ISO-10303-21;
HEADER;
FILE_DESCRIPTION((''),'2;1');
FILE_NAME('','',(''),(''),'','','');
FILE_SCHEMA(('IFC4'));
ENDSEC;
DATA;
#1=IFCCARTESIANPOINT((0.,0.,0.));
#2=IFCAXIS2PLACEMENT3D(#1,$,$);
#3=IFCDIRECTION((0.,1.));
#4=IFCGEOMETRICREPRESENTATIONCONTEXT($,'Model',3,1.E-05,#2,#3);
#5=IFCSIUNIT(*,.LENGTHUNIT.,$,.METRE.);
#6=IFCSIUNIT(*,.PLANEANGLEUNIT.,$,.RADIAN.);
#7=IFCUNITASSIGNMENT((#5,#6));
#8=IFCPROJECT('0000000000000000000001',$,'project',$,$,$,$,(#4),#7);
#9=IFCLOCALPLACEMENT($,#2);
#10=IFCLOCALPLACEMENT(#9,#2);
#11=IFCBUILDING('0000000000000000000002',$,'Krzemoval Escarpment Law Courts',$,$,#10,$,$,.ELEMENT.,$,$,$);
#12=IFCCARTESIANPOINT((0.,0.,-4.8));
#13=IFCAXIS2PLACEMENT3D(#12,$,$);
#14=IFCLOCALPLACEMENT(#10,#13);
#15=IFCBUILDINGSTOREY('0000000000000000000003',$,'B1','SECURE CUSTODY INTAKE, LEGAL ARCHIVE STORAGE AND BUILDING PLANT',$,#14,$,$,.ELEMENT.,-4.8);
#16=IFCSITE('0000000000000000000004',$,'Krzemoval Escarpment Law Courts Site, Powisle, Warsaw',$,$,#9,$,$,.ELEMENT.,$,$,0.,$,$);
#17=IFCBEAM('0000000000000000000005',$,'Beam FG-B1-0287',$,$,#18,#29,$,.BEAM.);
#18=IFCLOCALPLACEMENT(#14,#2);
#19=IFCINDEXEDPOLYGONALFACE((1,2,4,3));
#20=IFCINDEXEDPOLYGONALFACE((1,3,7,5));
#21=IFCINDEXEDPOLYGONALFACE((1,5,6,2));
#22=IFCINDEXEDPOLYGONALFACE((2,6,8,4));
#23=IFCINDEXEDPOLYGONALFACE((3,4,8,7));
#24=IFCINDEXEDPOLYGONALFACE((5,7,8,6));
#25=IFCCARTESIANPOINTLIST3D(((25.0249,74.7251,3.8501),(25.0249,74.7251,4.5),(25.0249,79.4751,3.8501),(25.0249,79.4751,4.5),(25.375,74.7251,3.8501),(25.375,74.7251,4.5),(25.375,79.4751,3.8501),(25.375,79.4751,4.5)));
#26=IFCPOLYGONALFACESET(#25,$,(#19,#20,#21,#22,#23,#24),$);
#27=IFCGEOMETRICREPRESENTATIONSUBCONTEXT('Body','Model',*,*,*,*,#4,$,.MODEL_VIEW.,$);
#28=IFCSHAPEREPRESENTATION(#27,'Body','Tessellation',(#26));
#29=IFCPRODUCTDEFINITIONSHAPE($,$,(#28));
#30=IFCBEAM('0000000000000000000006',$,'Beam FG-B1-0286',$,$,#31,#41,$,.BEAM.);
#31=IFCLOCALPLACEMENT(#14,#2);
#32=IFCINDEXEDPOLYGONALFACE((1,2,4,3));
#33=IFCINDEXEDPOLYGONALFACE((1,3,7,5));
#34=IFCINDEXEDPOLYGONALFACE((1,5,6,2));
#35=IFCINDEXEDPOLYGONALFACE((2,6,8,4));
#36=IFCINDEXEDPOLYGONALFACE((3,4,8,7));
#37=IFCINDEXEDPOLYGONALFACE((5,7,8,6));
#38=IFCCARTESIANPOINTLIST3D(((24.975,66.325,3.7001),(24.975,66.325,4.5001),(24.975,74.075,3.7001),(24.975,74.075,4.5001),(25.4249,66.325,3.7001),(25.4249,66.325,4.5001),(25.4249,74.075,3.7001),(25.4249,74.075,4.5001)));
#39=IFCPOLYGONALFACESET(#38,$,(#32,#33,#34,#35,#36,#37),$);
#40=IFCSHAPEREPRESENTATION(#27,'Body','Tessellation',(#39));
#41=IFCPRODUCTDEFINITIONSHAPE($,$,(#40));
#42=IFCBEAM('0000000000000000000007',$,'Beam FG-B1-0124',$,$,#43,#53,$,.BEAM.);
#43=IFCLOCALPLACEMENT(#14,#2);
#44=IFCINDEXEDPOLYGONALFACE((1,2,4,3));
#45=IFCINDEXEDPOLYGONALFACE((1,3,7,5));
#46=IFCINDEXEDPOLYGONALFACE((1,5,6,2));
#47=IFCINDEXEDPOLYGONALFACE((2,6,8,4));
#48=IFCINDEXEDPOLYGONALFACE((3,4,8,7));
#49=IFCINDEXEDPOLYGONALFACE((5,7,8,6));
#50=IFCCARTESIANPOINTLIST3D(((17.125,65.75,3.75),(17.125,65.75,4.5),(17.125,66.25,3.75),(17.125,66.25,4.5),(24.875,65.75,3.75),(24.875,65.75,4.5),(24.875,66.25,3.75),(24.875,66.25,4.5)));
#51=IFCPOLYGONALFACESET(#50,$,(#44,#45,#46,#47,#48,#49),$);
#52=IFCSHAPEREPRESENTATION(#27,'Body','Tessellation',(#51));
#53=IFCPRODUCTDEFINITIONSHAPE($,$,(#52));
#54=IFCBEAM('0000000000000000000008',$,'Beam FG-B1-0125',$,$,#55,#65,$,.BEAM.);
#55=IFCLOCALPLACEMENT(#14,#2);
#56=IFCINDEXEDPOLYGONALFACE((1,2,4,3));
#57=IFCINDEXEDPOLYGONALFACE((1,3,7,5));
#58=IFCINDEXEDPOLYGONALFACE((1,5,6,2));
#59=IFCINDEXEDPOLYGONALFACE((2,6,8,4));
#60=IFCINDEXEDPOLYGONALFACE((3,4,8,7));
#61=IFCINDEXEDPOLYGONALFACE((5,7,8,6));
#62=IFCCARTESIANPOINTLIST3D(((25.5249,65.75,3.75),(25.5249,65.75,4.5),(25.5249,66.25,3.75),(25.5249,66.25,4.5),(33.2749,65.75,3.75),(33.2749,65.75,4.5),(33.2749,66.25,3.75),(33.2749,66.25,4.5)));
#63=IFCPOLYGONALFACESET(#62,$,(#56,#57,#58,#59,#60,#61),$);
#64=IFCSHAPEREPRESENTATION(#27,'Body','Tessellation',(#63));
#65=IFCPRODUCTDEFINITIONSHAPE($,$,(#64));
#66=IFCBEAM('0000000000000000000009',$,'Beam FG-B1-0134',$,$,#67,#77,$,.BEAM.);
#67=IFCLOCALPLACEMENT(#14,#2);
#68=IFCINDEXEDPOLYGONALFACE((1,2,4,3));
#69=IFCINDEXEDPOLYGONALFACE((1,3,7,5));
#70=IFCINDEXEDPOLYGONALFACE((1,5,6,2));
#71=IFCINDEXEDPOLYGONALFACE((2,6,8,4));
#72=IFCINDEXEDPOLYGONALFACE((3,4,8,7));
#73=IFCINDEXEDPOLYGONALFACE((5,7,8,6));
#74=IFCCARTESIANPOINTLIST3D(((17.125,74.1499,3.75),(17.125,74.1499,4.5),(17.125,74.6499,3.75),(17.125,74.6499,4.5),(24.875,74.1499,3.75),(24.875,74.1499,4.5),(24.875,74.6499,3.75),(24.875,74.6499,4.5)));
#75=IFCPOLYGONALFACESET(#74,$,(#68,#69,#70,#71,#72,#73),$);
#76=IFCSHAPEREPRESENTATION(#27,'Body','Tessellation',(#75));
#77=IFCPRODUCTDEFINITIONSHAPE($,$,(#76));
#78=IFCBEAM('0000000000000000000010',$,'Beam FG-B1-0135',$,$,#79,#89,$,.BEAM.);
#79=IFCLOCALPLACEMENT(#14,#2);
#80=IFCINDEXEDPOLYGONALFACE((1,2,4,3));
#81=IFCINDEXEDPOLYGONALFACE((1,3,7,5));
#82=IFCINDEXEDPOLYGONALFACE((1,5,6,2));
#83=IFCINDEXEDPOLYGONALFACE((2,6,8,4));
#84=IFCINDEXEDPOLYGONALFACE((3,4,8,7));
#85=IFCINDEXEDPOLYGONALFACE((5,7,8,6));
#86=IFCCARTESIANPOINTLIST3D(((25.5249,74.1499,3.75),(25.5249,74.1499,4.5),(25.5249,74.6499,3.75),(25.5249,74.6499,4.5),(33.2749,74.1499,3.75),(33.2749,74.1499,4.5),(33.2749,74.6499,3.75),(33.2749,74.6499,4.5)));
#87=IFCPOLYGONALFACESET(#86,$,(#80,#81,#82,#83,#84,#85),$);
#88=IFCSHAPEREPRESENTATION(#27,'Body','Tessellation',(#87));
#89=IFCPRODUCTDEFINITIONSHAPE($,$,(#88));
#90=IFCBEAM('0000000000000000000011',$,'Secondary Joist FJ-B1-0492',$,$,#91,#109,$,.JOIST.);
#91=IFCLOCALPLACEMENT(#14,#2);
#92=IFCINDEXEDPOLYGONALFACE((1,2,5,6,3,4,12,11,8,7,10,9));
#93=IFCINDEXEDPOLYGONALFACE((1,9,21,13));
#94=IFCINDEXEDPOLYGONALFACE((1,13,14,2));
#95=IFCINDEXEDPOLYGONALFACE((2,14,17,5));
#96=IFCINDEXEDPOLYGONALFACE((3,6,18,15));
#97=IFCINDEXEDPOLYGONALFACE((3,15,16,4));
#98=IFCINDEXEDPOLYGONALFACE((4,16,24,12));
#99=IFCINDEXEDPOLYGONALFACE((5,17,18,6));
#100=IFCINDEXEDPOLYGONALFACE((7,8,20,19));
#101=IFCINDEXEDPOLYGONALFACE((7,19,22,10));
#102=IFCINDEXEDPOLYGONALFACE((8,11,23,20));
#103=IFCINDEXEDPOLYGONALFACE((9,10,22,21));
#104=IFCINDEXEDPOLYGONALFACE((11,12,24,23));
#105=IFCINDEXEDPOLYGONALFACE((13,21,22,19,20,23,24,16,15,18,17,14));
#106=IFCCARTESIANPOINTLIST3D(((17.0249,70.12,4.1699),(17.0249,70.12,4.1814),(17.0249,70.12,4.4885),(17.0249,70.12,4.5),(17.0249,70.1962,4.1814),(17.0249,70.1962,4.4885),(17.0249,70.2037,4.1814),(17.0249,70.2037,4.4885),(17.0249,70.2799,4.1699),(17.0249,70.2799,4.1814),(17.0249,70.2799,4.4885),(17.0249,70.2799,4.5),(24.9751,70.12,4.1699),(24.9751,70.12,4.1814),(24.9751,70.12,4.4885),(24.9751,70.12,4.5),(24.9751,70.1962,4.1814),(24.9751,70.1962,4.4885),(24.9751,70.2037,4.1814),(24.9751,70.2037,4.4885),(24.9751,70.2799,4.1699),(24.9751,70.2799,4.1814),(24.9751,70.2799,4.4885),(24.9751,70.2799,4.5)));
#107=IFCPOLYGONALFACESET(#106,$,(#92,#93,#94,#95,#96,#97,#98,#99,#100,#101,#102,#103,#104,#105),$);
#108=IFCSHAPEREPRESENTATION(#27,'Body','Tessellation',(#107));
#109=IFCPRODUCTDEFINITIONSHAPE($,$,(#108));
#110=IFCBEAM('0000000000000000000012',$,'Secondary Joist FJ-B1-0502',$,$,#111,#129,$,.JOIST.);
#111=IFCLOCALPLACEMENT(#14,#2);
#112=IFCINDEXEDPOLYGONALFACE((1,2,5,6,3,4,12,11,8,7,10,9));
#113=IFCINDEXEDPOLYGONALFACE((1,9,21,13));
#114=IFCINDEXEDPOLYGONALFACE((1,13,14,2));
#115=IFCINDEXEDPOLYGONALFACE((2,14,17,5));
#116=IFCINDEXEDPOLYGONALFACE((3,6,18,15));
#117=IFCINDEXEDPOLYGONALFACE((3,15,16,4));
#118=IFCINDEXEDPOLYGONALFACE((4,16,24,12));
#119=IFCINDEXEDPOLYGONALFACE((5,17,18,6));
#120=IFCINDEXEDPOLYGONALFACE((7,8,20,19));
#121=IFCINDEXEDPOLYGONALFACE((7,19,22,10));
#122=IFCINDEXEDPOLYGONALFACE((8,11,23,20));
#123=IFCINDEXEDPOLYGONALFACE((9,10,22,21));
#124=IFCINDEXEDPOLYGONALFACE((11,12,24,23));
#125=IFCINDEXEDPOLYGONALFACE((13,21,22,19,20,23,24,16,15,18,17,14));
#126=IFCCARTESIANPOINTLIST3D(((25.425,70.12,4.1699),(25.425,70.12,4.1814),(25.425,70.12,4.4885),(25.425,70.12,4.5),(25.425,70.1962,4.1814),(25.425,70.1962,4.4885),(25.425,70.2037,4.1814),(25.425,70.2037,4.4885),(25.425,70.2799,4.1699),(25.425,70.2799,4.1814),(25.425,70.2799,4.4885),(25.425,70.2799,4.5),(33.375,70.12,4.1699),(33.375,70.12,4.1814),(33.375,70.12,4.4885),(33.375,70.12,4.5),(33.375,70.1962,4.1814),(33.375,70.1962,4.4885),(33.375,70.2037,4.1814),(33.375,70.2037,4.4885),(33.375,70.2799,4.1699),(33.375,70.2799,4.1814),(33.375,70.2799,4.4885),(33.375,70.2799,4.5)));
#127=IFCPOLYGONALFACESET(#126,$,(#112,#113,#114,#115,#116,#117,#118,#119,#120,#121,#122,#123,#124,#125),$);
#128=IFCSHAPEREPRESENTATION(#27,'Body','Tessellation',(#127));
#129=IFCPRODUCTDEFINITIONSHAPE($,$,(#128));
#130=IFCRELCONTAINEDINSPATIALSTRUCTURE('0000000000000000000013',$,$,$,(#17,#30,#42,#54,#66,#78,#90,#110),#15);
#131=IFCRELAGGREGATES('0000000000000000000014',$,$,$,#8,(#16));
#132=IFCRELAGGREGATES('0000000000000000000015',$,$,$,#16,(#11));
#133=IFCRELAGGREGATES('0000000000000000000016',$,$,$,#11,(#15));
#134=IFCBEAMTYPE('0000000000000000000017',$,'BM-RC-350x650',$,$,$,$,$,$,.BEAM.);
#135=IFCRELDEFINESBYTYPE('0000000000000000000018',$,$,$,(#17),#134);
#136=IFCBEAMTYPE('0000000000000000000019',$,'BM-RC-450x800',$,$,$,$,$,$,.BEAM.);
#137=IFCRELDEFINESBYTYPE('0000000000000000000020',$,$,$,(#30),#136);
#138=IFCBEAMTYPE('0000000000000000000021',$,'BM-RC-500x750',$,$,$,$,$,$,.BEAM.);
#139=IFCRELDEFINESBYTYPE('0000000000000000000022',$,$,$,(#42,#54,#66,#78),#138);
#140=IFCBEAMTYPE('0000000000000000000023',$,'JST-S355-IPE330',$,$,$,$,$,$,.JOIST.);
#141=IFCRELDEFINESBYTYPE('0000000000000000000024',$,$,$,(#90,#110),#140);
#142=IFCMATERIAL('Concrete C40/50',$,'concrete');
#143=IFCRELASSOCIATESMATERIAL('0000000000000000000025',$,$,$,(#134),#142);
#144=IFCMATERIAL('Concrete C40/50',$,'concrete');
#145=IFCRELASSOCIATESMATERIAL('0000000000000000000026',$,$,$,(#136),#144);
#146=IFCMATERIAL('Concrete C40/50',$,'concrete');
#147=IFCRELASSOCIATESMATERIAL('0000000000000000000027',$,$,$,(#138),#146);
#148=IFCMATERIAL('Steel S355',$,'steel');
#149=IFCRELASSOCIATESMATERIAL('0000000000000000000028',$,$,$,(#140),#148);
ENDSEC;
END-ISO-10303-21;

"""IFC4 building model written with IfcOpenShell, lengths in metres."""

from ifc_helpers import new_model, si_unit, direction, frame, origin, origin_2d, place, context, subcontext, project, spatial, rectangle, i_section, extrude, material, material_profile, profile_set, type_object, element, save


model = new_model("IFC4")

# Units and contexts
model_context = context("Model", 3, precision=1e-05, world=origin(), true_north=direction((0.0, 1.0)))
body_context = subcontext(model_context, "Body", "Model", "MODEL_VIEW")
ifc_project = project(units=[si_unit("LENGTHUNIT", "METRE"), si_unit("PLANEANGLEUNIT", "RADIAN")], contexts=[model_context])

# Site, building, storey
site_placement = place(None, origin())
site = spatial("IfcSite", under=ifc_project, at=site_placement, Name="Krzemoval Escarpment Law Courts Site, Powisle, Warsaw", CompositionType="ELEMENT", RefElevation=0.0)
building_placement = place(site_placement, origin())
building = spatial("IfcBuilding", under=site, at=building_placement, Name="Krzemoval Escarpment Law Courts", CompositionType="ELEMENT")
storey_placement = place(building_placement, frame((0.0, 0.0, -4.8)))
storey = spatial("IfcBuildingStorey", under=building, at=storey_placement, Name="B1", Description="SECURE CUSTODY INTAKE, LEGAL ARCHIVE STORAGE AND BUILDING PLANT", CompositionType="ELEMENT", Elevation=-4.8)

# Beams
ifc_material_1 = material(Name="Concrete C40/50", Category="concrete")
ifc_material_profile_1 = material_profile(ifc_material_1, rectangle(XDim=0.3501, YDim=0.6499, at=origin_2d()), Name="RCB 350x650")
ifc_profile_set_1 = profile_set([ifc_material_profile_1], Name="Concrete C40/50")
beam_type_1 = type_object("IfcBeamType", Name="BM-RC-350x650", PredefinedType="BEAM", material=ifc_profile_set_1)
beam_1_placement = place(storey_placement, frame((25.2, 74.7251, 4.175), z_axis=(0.0, 1.0, 0.0), x_axis=(-1.0, 0.0, 0.0)))
element("IfcBeam", 1, at=beam_1_placement, inside=storey, type_object=beam_type_1, Name="Beam FG-B1-0287", PredefinedType="BEAM", context=body_context, shape_type="SweptSolid", body=[
    extrude(rectangle(XDim=0.3501, YDim=0.6499, at=origin_2d()), origin(), (0.0, 0.0, 1.0), 4.75),
])
ifc_material_2 = material(Name="Concrete C40/50", Category="concrete")
ifc_material_profile_2 = material_profile(ifc_material_2, rectangle(XDim=0.45, YDim=0.8, at=origin_2d()), Name="RCB 450x800")
ifc_profile_set_2 = profile_set([ifc_material_profile_2], Name="Concrete C40/50")
beam_type_2 = type_object("IfcBeamType", Name="BM-RC-450x800", PredefinedType="BEAM", material=ifc_profile_set_2)
beam_2_placement = place(storey_placement, frame((25.2, 66.325, 4.1001), z_axis=(0.0, 1.0, 0.0), x_axis=(-1.0, 0.0, 0.0)))
element("IfcBeam", 2, at=beam_2_placement, inside=storey, type_object=beam_type_2, Name="Beam FG-B1-0286", PredefinedType="BEAM", context=body_context, shape_type="SweptSolid", body=[
    extrude(rectangle(XDim=0.45, YDim=0.8, at=origin_2d()), origin(), (0.0, 0.0, 1.0), 7.75),
])
ifc_material_3 = material(Name="Concrete C40/50", Category="concrete")
ifc_material_profile_3 = material_profile(ifc_material_3, rectangle(XDim=0.5, YDim=0.75, at=origin_2d()), Name="RCB 500x750")
ifc_profile_set_3 = profile_set([ifc_material_profile_3], Name="Concrete C40/50")
beam_type_3 = type_object("IfcBeamType", Name="BM-RC-500x750", PredefinedType="BEAM", material=ifc_profile_set_3)
for number, where, z_axis, x_axis, name in (
    (3, (17.125, 66.0, 4.125), (1.0, 0.0, 0.0), (0.0, 1.0, 0.0), "Beam FG-B1-0124"),
    (4, (25.5249, 66.0, 4.125), (1.0, 0.0, 0.0), (0.0, 1.0, 0.0), "Beam FG-B1-0125"),
    (5, (17.125, 74.3999, 4.125), (1.0, 0.0, 0.0), (0.0, 1.0, 0.0), "Beam FG-B1-0134"),
    (6, (25.5249, 74.3999, 4.125), (1.0, 0.0, 0.0), (0.0, 1.0, 0.0), "Beam FG-B1-0135"),
):
    element("IfcBeam", number, at=place(storey_placement, frame(where, z_axis=z_axis, x_axis=x_axis)), inside=storey, type_object=beam_type_3, Name=name, PredefinedType="BEAM", context=body_context, shape_type="SweptSolid", body=[
        extrude(rectangle(XDim=0.5, YDim=0.75, at=origin_2d()), origin(), (0.0, 0.0, 1.0), 7.75),
    ])
ifc_material_4 = material(Name="Steel S355", Category="steel")
ifc_material_profile_4 = material_profile(ifc_material_4, i_section(OverallWidth=0.1599, OverallDepth=0.3301, WebThickness=0.0076, FlangeThickness=0.0115, at=origin_2d()), Name="IPE 330")
ifc_profile_set_4 = profile_set([ifc_material_profile_4], Name="Steel S355")
beam_type_4 = type_object("IfcBeamType", Name="JST-S355-IPE330", PredefinedType="JOIST", material=ifc_profile_set_4)
beam_3_placement = place(storey_placement, frame((17.0249, 70.2, 4.335), z_axis=(1.0, 0.0, 0.0), x_axis=(0.0, 1.0, 0.0)))
element("IfcBeam", 7, at=beam_3_placement, inside=storey, type_object=beam_type_4, Name="Secondary Joist FJ-B1-0492", PredefinedType="JOIST", context=body_context, shape_type="SweptSolid", body=[
    extrude(i_section(OverallWidth=0.1599, OverallDepth=0.3301, WebThickness=0.0076, FlangeThickness=0.0115, at=origin_2d()), origin(), (0.0, 0.0, 1.0), 7.9502),
])
beam_4_placement = place(storey_placement, frame((25.425, 70.2, 4.335), z_axis=(1.0, 0.0, 0.0), x_axis=(0.0, 1.0, 0.0)))
element("IfcBeam", 8, at=beam_4_placement, inside=storey, type_object=beam_type_4, Name="Secondary Joist FJ-B1-0502", PredefinedType="JOIST", context=body_context, shape_type="SweptSolid", body=[
    extrude(i_section(OverallWidth=0.1599, OverallDepth=0.3301, WebThickness=0.0076, FlangeThickness=0.0115, at=origin_2d()), origin(), (0.0, 0.0, 1.0), 7.95),
])

save(model, "model.ifc")
